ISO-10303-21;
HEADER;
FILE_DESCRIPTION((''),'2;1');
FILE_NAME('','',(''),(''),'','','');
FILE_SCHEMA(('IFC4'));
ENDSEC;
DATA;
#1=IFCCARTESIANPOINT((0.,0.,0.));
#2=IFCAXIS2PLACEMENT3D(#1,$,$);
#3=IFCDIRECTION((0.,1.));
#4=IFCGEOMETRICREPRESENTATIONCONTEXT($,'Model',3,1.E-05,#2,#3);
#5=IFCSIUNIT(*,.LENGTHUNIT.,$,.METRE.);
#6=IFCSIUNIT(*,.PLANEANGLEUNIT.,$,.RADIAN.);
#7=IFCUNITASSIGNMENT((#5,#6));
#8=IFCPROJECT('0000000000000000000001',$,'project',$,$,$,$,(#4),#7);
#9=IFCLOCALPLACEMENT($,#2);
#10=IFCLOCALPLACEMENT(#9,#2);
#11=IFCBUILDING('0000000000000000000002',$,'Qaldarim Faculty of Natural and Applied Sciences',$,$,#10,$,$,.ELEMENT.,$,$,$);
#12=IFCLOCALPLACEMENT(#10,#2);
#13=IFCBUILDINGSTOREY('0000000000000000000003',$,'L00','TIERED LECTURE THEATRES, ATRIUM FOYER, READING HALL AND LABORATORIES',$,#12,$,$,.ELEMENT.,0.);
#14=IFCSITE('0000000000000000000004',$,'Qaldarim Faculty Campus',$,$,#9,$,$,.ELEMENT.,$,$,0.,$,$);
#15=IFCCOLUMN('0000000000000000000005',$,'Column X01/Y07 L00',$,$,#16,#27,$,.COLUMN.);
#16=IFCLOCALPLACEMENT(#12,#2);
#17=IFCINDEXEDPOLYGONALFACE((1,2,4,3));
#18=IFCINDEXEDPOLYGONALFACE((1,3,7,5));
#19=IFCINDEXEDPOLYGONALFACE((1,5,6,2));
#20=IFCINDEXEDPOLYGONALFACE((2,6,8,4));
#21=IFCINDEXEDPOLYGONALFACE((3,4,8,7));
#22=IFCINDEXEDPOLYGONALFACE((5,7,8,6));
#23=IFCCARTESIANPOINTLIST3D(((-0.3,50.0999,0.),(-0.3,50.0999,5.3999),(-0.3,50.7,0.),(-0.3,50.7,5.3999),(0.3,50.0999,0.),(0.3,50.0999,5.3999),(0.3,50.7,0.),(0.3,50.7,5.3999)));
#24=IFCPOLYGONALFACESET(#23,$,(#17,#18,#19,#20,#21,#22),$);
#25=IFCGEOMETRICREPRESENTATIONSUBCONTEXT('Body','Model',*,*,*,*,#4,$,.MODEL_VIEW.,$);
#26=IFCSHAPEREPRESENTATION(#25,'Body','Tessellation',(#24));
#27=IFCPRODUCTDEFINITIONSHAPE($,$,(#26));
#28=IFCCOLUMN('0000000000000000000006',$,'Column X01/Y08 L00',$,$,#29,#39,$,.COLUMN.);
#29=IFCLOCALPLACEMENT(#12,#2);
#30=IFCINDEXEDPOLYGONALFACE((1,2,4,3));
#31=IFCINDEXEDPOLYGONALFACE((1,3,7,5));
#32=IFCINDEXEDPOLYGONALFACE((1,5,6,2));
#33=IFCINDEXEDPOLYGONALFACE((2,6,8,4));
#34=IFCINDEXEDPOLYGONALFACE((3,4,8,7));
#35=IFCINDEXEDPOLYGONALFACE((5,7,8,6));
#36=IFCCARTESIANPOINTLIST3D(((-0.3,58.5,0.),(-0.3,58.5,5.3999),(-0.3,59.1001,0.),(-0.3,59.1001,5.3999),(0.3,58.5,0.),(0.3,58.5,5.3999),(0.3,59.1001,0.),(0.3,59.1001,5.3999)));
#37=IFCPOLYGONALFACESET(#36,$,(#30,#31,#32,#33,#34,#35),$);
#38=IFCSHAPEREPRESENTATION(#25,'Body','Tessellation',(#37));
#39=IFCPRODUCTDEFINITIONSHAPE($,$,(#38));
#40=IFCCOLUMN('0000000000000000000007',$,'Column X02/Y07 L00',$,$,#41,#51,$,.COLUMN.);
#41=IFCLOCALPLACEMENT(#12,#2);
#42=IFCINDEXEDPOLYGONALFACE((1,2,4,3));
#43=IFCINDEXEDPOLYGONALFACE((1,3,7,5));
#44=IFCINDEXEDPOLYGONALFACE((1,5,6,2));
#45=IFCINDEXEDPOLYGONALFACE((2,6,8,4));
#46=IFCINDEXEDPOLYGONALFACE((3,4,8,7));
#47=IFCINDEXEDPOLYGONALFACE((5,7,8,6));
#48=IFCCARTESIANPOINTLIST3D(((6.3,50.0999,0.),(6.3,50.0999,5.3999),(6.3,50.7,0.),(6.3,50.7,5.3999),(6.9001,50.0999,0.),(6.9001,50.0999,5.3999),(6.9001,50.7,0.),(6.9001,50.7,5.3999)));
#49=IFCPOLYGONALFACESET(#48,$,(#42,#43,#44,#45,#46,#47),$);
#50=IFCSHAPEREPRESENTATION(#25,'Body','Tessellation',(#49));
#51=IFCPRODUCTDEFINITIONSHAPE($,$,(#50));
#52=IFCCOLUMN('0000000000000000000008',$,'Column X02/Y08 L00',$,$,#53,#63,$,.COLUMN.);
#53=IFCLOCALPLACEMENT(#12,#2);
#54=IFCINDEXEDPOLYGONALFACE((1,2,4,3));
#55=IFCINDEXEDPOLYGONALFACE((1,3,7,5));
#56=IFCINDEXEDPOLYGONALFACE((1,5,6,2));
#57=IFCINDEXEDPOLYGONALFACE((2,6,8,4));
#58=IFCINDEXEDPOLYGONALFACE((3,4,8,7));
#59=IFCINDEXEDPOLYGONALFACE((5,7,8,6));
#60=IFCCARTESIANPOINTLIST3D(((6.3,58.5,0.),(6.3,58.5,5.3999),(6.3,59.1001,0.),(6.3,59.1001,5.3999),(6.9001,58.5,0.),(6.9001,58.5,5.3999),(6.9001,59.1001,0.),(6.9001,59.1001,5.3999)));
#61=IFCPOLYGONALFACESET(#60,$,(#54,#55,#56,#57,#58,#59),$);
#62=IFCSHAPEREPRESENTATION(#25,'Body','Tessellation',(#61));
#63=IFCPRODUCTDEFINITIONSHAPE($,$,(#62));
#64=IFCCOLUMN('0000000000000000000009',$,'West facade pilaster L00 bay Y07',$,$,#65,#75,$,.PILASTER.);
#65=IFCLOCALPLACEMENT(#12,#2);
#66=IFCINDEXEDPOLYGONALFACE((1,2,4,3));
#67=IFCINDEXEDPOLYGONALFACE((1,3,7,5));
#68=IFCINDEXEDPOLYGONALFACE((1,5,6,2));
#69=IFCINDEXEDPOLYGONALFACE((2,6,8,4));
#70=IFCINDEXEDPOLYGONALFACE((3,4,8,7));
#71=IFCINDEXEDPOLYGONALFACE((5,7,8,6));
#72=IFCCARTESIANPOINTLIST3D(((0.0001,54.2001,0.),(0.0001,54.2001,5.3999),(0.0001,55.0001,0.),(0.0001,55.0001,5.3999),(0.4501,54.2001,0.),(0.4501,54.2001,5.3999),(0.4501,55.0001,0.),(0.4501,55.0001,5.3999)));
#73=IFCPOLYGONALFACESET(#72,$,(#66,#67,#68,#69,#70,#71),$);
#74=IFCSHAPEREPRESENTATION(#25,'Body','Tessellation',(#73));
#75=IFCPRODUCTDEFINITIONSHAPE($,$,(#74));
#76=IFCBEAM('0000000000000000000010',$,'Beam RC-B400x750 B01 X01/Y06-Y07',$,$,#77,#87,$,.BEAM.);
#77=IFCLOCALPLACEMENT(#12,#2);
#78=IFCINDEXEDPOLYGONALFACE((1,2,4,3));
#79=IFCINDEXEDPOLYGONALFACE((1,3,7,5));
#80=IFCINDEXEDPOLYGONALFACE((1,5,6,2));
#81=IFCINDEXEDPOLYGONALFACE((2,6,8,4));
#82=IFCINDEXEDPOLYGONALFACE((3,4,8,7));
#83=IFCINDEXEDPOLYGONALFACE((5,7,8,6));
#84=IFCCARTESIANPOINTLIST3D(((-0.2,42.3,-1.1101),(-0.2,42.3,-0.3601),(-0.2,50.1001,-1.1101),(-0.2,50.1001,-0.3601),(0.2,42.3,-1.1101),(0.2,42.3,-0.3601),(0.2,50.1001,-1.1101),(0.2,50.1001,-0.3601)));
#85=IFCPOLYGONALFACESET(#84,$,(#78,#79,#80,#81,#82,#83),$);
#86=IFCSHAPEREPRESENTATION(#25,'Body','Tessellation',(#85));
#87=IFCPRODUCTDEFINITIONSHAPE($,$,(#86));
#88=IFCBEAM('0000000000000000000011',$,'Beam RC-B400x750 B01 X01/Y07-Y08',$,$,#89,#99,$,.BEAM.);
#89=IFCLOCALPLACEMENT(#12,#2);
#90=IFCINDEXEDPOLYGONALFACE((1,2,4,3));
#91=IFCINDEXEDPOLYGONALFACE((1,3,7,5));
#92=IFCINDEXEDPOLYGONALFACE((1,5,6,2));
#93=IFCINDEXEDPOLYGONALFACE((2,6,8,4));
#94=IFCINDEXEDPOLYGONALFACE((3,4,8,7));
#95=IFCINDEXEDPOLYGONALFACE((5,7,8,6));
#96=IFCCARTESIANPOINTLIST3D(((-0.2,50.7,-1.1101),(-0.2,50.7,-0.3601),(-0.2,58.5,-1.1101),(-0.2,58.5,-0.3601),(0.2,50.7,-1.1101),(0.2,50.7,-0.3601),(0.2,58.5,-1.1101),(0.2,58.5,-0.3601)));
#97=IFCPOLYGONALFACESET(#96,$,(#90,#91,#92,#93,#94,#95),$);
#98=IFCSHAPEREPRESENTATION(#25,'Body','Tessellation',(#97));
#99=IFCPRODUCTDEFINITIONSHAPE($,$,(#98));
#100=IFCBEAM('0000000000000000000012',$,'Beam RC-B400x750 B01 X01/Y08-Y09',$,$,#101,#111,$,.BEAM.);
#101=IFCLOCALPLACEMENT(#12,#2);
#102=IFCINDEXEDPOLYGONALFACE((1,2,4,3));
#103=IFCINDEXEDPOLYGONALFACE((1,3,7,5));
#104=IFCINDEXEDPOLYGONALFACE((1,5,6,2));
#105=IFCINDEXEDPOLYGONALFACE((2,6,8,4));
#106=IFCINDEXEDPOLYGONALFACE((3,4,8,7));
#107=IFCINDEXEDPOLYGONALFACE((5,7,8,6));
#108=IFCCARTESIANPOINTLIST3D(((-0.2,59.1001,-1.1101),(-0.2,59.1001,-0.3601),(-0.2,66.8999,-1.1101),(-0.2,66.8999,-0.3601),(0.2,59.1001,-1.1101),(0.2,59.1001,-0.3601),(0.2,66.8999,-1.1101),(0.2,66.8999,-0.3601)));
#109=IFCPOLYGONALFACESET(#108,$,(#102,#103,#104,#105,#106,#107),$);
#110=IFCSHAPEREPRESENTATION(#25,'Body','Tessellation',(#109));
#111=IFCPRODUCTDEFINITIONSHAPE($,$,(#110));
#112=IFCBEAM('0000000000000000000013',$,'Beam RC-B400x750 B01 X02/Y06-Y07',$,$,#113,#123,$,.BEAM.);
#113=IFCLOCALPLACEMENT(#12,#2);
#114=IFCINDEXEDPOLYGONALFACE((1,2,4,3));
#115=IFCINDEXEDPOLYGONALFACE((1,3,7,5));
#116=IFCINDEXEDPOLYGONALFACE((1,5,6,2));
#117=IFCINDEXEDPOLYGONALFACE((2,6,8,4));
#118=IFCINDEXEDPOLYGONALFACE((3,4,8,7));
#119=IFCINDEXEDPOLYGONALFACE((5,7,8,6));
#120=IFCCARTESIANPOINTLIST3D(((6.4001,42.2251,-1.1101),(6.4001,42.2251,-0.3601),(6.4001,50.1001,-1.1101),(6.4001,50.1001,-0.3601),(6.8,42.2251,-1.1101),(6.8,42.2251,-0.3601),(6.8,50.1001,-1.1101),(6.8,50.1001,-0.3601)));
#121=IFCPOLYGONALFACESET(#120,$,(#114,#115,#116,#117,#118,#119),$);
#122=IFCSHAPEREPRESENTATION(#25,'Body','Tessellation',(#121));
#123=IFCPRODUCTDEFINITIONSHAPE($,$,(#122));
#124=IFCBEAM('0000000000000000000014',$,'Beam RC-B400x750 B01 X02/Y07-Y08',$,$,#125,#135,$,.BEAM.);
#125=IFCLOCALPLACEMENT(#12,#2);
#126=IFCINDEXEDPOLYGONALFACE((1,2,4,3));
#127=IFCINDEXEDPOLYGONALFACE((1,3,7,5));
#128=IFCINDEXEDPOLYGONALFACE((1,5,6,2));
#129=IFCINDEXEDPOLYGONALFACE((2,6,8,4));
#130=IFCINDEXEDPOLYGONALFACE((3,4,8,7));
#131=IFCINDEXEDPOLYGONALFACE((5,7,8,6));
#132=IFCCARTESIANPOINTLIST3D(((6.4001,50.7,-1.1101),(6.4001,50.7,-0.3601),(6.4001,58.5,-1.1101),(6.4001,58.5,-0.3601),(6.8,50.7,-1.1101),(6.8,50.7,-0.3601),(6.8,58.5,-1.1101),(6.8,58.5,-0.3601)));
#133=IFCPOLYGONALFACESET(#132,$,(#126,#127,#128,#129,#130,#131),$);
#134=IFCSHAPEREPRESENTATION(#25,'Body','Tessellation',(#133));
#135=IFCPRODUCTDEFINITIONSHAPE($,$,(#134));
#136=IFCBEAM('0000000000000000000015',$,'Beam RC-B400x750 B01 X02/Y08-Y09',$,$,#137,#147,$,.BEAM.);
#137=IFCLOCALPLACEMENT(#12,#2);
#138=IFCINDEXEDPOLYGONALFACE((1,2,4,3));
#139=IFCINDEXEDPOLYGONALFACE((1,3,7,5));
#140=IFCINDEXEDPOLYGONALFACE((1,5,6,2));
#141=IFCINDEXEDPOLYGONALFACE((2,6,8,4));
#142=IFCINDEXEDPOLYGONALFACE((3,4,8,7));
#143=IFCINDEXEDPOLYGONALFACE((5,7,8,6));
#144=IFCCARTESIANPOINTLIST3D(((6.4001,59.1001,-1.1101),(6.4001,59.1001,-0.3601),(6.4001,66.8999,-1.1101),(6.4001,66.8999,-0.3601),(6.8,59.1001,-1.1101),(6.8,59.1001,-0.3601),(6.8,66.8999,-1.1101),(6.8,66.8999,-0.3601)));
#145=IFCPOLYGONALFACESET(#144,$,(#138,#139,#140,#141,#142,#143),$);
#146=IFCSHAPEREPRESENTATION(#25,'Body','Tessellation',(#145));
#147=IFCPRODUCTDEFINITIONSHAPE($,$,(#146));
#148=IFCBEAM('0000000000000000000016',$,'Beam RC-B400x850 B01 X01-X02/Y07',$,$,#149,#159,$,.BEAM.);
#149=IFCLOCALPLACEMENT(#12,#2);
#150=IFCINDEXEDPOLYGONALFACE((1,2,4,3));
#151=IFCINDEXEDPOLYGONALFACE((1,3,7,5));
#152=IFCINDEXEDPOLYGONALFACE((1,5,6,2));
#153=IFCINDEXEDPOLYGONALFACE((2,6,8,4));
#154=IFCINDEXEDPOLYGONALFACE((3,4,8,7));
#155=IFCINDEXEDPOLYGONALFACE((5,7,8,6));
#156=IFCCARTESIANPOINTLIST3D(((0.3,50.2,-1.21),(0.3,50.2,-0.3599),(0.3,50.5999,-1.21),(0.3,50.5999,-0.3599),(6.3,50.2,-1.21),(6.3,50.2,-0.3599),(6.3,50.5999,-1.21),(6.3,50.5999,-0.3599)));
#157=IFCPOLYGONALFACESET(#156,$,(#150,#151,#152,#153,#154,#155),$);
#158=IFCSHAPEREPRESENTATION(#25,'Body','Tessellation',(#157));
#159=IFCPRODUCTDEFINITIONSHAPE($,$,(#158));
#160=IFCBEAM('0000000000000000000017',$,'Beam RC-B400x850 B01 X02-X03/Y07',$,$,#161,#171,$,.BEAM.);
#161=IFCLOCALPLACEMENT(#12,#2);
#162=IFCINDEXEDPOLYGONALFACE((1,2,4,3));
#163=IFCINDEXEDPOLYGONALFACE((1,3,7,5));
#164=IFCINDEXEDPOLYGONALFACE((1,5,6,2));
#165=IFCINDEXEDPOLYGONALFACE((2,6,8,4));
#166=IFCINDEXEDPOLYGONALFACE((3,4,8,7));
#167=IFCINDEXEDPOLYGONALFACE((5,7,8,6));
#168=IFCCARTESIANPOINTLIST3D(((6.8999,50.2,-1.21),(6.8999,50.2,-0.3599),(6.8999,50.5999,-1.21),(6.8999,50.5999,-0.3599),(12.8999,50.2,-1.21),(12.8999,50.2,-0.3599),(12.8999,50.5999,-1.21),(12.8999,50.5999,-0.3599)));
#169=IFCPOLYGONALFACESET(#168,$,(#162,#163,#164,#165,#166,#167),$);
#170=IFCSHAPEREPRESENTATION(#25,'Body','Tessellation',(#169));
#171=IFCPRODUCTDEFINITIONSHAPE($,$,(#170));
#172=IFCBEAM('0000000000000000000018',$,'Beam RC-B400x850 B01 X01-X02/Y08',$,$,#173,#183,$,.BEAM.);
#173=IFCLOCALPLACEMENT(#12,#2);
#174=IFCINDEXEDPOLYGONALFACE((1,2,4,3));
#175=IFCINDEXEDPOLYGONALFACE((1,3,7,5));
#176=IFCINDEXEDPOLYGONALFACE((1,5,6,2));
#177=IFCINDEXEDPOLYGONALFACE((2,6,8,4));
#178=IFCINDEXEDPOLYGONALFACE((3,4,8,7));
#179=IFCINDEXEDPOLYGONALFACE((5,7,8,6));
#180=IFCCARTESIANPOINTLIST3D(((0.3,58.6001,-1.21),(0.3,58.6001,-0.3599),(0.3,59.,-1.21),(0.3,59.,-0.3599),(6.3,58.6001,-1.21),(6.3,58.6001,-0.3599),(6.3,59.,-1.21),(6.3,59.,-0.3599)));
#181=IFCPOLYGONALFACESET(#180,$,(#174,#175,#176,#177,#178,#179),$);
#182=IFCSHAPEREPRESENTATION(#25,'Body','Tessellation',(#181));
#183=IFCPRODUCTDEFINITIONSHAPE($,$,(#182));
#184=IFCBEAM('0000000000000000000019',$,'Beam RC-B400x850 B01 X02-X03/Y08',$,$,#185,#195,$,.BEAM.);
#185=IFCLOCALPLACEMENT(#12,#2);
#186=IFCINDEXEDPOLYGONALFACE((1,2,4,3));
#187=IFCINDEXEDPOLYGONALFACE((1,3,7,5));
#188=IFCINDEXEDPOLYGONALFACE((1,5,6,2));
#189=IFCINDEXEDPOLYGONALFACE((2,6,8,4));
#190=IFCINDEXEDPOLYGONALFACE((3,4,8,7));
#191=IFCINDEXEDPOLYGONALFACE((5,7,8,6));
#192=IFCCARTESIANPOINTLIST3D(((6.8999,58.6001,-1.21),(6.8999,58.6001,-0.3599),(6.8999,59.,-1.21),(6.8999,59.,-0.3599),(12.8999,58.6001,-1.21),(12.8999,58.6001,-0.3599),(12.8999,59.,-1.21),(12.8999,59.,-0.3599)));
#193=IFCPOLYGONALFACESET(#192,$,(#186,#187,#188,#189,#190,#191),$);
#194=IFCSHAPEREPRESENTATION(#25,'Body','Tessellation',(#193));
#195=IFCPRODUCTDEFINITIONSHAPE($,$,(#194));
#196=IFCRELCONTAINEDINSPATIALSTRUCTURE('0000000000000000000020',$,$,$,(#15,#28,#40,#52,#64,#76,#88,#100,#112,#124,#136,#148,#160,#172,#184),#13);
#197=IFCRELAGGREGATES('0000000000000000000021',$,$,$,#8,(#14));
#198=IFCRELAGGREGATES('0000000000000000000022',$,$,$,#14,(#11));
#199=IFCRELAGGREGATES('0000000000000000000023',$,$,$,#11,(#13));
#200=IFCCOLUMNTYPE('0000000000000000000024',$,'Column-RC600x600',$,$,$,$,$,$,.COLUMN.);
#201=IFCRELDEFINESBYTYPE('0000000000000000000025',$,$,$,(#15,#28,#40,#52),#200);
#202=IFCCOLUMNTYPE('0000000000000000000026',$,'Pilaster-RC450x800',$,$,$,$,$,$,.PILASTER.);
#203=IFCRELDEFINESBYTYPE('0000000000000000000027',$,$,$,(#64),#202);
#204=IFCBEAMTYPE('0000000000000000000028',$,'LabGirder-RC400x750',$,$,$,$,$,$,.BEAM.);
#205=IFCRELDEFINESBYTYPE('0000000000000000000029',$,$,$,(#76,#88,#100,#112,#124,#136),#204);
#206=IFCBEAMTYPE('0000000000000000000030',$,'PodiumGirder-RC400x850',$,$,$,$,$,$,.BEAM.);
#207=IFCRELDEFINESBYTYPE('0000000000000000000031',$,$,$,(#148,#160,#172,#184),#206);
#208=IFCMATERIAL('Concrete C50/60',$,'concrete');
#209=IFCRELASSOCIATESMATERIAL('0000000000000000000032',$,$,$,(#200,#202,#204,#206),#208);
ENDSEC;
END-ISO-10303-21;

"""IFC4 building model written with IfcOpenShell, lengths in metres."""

from ifc_helpers import new_model, si_unit, direction, frame, origin, origin_2d, place, context, subcontext, project, spatial, rectangle, extrude, material, material_profile, profile_set, type_object, element, save


model = new_model("IFC4")

# Units and contexts
model_context = context("Model", 3, precision=1e-05, world=origin(), true_north=direction((0.0, 1.0)))
body_context = subcontext(model_context, "Body", "Model", "MODEL_VIEW")
ifc_project = project(units=[si_unit("LENGTHUNIT", "METRE"), si_unit("PLANEANGLEUNIT", "RADIAN")], contexts=[model_context])

# Site, building, storey
site_placement = place(None, origin())
site = spatial("IfcSite", under=ifc_project, at=site_placement, Name="Qaldarim Faculty Campus", CompositionType="ELEMENT", RefElevation=0.0)
building_placement = place(site_placement, origin())
building = spatial("IfcBuilding", under=site, at=building_placement, Name="Qaldarim Faculty of Natural and Applied Sciences", CompositionType="ELEMENT")
storey_placement = place(building_placement, origin())
storey = spatial("IfcBuildingStorey", under=building, at=storey_placement, Name="L00", Description="TIERED LECTURE THEATRES, ATRIUM FOYER, READING HALL AND LABORATORIES", CompositionType="ELEMENT", Elevation=0.0)

# Columns
ifc_material_1 = material(Name="Concrete C50/60", Category="concrete")
ifc_material_profile_1 = material_profile(ifc_material_1, rectangle(XDim=0.6001, YDim=0.6001, at=origin_2d()), Name="RC-C600x600")
ifc_profile_set_1 = profile_set([ifc_material_profile_1], Name="Concrete C50/60")
column_type_1 = type_object("IfcColumnType", Name="Column-RC600x600", PredefinedType="COLUMN", material=ifc_profile_set_1)
for number, where, z_axis, x_axis, name in (
    (1, (0.0, 50.3999, 0.0), (0.0, 0.0, 1.0), (1.0, 0.0, 0.0), "Column X01/Y07 L00"),
    (2, (0.0, 58.8, 0.0), (0.0, 0.0, 1.0), (1.0, 0.0, 0.0), "Column X01/Y08 L00"),
    (3, (6.6001, 50.3999, 0.0), (0.0, 0.0, 1.0), (1.0, 0.0, 0.0), "Column X02/Y07 L00"),
    (4, (6.6001, 58.8, 0.0), (0.0, 0.0, 1.0), (1.0, 0.0, 0.0), "Column X02/Y08 L00"),
):
    element("IfcColumn", number, at=place(storey_placement, frame(where, z_axis=z_axis, x_axis=x_axis)), inside=storey, type_object=column_type_1, Name=name, PredefinedType="COLUMN", context=body_context, shape_type="SweptSolid", body=[
        extrude(rectangle(XDim=0.6001, YDim=0.6001, at=origin_2d()), origin(), (0.0, 0.0, 1.0), 5.3999),
    ])
ifc_material_profile_2 = material_profile(ifc_material_1, rectangle(XDim=0.45, YDim=0.8, at=origin_2d()), Name="RC-C450x800")
ifc_profile_set_2 = profile_set([ifc_material_profile_2], Name="Concrete C50/60")
column_type_2 = type_object("IfcColumnType", Name="Pilaster-RC450x800", PredefinedType="PILASTER", material=ifc_profile_set_2)
column_placement = place(storey_placement, frame((0.2251, 54.6001, 0.0), z_axis=(0.0, 0.0, 1.0), x_axis=(1.0, 0.0, 0.0)))
element("IfcColumn", 5, at=column_placement, inside=storey, type_object=column_type_2, Name="West facade pilaster L00 bay Y07", PredefinedType="PILASTER", context=body_context, shape_type="SweptSolid", body=[
    extrude(rectangle(XDim=0.45, YDim=0.8, at=origin_2d()), origin(), (0.0, 0.0, 1.0), 5.3999),
])

# Beams
ifc_material_profile_3 = material_profile(ifc_material_1, rectangle(XDim=0.3999, YDim=0.75, at=origin_2d()), Name="RC-B400x750")
ifc_profile_set_3 = profile_set([ifc_material_profile_3], Name="Concrete C50/60")
beam_type_1 = type_object("IfcBeamType", Name="LabGirder-RC400x750", PredefinedType="BEAM", material=ifc_profile_set_3)
for number, where, z_axis, x_axis, name in (
    (6, (0.0, 42.3, -0.7351), (0.0, 1.0, 0.0), (-1.0, 0.0, 0.0), "Beam RC-B400x750 B01 X01/Y06-Y07"),
    (7, (0.0, 50.7, -0.7351), (0.0, 1.0, 0.0), (-1.0, 0.0, 0.0), "Beam RC-B400x750 B01 X01/Y07-Y08"),
):
    element("IfcBeam", number, at=place(storey_placement, frame(where, z_axis=z_axis, x_axis=x_axis)), inside=storey, type_object=beam_type_1, Name=name, PredefinedType="BEAM", context=body_context, shape_type="SweptSolid", body=[
        extrude(rectangle(XDim=0.3999, YDim=0.75, at=origin_2d()), origin(), (0.0, 0.0, 1.0), 7.8),
    ])
beam_1_placement = place(storey_placement, frame((0.0, 59.1001, -0.7351), z_axis=(0.0, 1.0, 0.0), x_axis=(-1.0, 0.0, 0.0)))
element("IfcBeam", 8, at=beam_1_placement, inside=storey, type_object=beam_type_1, Name="Beam RC-B400x750 B01 X01/Y08-Y09", PredefinedType="BEAM", context=body_context, shape_type="SweptSolid", body=[
    extrude(rectangle(XDim=0.3999, YDim=0.75, at=origin_2d()), origin(), (0.0, 0.0, 1.0), 7.7998),
])
beam_2_placement = place(storey_placement, frame((6.6001, 42.2251, -0.7351), z_axis=(0.0, 1.0, 0.0), x_axis=(-1.0, 0.0, 0.0)))
element("IfcBeam", 9, at=beam_2_placement, inside=storey, type_object=beam_type_1, Name="Beam RC-B400x750 B01 X02/Y06-Y07", PredefinedType="BEAM", context=body_context, shape_type="SweptSolid", body=[
    extrude(rectangle(XDim=0.3999, YDim=0.75, at=origin_2d()), origin(), (0.0, 0.0, 1.0), 7.875),
])
beam_3_placement = place(storey_placement, frame((6.6001, 50.7, -0.7351), z_axis=(0.0, 1.0, 0.0), x_axis=(-1.0, 0.0, 0.0)))
element("IfcBeam", 10, at=beam_3_placement, inside=storey, type_object=beam_type_1, Name="Beam RC-B400x750 B01 X02/Y07-Y08", PredefinedType="BEAM", context=body_context, shape_type="SweptSolid", body=[
    extrude(rectangle(XDim=0.3999, YDim=0.75, at=origin_2d()), origin(), (0.0, 0.0, 1.0), 7.8),
])
beam_4_placement = place(storey_placement, frame((6.6001, 59.1001, -0.7351), z_axis=(0.0, 1.0, 0.0), x_axis=(-1.0, 0.0, 0.0)))
element("IfcBeam", 11, at=beam_4_placement, inside=storey, type_object=beam_type_1, Name="Beam RC-B400x750 B01 X02/Y08-Y09", PredefinedType="BEAM", context=body_context, shape_type="SweptSolid", body=[
    extrude(rectangle(XDim=0.3999, YDim=0.75, at=origin_2d()), origin(), (0.0, 0.0, 1.0), 7.7998),
])
ifc_material_profile_4 = material_profile(ifc_material_1, rectangle(XDim=0.3999, YDim=0.8501, at=origin_2d()), Name="RC-B400x850")
ifc_profile_set_4 = profile_set([ifc_material_profile_4], Name="Concrete C50/60")
beam_type_2 = type_object("IfcBeamType", Name="PodiumGirder-RC400x850", PredefinedType="BEAM", material=ifc_profile_set_4)
for number, where, z_axis, x_axis, name in (
    (12, (0.3, 50.3999, -0.7849), (1.0, 0.0, 0.0), (0.0, 1.0, 0.0), "Beam RC-B400x850 B01 X01-X02/Y07"),
    (13, (6.8999, 50.3999, -0.7849), (1.0, 0.0, 0.0), (0.0, 1.0, 0.0), "Beam RC-B400x850 B01 X02-X03/Y07"),
    (14, (0.3, 58.8, -0.7849), (1.0, 0.0, 0.0), (0.0, 1.0, 0.0), "Beam RC-B400x850 B01 X01-X02/Y08"),
    (15, (6.8999, 58.8, -0.7849), (1.0, 0.0, 0.0), (0.0, 1.0, 0.0), "Beam RC-B400x850 B01 X02-X03/Y08"),
):
    element("IfcBeam", number, at=place(storey_placement, frame(where, z_axis=z_axis, x_axis=x_axis)), inside=storey, type_object=beam_type_2, Name=name, PredefinedType="BEAM", context=body_context, shape_type="SweptSolid", body=[
        extrude(rectangle(XDim=0.3999, YDim=0.8501, at=origin_2d()), origin(), (0.0, 0.0, 1.0), 6.0),
    ])

save(model, "model.ifc")
